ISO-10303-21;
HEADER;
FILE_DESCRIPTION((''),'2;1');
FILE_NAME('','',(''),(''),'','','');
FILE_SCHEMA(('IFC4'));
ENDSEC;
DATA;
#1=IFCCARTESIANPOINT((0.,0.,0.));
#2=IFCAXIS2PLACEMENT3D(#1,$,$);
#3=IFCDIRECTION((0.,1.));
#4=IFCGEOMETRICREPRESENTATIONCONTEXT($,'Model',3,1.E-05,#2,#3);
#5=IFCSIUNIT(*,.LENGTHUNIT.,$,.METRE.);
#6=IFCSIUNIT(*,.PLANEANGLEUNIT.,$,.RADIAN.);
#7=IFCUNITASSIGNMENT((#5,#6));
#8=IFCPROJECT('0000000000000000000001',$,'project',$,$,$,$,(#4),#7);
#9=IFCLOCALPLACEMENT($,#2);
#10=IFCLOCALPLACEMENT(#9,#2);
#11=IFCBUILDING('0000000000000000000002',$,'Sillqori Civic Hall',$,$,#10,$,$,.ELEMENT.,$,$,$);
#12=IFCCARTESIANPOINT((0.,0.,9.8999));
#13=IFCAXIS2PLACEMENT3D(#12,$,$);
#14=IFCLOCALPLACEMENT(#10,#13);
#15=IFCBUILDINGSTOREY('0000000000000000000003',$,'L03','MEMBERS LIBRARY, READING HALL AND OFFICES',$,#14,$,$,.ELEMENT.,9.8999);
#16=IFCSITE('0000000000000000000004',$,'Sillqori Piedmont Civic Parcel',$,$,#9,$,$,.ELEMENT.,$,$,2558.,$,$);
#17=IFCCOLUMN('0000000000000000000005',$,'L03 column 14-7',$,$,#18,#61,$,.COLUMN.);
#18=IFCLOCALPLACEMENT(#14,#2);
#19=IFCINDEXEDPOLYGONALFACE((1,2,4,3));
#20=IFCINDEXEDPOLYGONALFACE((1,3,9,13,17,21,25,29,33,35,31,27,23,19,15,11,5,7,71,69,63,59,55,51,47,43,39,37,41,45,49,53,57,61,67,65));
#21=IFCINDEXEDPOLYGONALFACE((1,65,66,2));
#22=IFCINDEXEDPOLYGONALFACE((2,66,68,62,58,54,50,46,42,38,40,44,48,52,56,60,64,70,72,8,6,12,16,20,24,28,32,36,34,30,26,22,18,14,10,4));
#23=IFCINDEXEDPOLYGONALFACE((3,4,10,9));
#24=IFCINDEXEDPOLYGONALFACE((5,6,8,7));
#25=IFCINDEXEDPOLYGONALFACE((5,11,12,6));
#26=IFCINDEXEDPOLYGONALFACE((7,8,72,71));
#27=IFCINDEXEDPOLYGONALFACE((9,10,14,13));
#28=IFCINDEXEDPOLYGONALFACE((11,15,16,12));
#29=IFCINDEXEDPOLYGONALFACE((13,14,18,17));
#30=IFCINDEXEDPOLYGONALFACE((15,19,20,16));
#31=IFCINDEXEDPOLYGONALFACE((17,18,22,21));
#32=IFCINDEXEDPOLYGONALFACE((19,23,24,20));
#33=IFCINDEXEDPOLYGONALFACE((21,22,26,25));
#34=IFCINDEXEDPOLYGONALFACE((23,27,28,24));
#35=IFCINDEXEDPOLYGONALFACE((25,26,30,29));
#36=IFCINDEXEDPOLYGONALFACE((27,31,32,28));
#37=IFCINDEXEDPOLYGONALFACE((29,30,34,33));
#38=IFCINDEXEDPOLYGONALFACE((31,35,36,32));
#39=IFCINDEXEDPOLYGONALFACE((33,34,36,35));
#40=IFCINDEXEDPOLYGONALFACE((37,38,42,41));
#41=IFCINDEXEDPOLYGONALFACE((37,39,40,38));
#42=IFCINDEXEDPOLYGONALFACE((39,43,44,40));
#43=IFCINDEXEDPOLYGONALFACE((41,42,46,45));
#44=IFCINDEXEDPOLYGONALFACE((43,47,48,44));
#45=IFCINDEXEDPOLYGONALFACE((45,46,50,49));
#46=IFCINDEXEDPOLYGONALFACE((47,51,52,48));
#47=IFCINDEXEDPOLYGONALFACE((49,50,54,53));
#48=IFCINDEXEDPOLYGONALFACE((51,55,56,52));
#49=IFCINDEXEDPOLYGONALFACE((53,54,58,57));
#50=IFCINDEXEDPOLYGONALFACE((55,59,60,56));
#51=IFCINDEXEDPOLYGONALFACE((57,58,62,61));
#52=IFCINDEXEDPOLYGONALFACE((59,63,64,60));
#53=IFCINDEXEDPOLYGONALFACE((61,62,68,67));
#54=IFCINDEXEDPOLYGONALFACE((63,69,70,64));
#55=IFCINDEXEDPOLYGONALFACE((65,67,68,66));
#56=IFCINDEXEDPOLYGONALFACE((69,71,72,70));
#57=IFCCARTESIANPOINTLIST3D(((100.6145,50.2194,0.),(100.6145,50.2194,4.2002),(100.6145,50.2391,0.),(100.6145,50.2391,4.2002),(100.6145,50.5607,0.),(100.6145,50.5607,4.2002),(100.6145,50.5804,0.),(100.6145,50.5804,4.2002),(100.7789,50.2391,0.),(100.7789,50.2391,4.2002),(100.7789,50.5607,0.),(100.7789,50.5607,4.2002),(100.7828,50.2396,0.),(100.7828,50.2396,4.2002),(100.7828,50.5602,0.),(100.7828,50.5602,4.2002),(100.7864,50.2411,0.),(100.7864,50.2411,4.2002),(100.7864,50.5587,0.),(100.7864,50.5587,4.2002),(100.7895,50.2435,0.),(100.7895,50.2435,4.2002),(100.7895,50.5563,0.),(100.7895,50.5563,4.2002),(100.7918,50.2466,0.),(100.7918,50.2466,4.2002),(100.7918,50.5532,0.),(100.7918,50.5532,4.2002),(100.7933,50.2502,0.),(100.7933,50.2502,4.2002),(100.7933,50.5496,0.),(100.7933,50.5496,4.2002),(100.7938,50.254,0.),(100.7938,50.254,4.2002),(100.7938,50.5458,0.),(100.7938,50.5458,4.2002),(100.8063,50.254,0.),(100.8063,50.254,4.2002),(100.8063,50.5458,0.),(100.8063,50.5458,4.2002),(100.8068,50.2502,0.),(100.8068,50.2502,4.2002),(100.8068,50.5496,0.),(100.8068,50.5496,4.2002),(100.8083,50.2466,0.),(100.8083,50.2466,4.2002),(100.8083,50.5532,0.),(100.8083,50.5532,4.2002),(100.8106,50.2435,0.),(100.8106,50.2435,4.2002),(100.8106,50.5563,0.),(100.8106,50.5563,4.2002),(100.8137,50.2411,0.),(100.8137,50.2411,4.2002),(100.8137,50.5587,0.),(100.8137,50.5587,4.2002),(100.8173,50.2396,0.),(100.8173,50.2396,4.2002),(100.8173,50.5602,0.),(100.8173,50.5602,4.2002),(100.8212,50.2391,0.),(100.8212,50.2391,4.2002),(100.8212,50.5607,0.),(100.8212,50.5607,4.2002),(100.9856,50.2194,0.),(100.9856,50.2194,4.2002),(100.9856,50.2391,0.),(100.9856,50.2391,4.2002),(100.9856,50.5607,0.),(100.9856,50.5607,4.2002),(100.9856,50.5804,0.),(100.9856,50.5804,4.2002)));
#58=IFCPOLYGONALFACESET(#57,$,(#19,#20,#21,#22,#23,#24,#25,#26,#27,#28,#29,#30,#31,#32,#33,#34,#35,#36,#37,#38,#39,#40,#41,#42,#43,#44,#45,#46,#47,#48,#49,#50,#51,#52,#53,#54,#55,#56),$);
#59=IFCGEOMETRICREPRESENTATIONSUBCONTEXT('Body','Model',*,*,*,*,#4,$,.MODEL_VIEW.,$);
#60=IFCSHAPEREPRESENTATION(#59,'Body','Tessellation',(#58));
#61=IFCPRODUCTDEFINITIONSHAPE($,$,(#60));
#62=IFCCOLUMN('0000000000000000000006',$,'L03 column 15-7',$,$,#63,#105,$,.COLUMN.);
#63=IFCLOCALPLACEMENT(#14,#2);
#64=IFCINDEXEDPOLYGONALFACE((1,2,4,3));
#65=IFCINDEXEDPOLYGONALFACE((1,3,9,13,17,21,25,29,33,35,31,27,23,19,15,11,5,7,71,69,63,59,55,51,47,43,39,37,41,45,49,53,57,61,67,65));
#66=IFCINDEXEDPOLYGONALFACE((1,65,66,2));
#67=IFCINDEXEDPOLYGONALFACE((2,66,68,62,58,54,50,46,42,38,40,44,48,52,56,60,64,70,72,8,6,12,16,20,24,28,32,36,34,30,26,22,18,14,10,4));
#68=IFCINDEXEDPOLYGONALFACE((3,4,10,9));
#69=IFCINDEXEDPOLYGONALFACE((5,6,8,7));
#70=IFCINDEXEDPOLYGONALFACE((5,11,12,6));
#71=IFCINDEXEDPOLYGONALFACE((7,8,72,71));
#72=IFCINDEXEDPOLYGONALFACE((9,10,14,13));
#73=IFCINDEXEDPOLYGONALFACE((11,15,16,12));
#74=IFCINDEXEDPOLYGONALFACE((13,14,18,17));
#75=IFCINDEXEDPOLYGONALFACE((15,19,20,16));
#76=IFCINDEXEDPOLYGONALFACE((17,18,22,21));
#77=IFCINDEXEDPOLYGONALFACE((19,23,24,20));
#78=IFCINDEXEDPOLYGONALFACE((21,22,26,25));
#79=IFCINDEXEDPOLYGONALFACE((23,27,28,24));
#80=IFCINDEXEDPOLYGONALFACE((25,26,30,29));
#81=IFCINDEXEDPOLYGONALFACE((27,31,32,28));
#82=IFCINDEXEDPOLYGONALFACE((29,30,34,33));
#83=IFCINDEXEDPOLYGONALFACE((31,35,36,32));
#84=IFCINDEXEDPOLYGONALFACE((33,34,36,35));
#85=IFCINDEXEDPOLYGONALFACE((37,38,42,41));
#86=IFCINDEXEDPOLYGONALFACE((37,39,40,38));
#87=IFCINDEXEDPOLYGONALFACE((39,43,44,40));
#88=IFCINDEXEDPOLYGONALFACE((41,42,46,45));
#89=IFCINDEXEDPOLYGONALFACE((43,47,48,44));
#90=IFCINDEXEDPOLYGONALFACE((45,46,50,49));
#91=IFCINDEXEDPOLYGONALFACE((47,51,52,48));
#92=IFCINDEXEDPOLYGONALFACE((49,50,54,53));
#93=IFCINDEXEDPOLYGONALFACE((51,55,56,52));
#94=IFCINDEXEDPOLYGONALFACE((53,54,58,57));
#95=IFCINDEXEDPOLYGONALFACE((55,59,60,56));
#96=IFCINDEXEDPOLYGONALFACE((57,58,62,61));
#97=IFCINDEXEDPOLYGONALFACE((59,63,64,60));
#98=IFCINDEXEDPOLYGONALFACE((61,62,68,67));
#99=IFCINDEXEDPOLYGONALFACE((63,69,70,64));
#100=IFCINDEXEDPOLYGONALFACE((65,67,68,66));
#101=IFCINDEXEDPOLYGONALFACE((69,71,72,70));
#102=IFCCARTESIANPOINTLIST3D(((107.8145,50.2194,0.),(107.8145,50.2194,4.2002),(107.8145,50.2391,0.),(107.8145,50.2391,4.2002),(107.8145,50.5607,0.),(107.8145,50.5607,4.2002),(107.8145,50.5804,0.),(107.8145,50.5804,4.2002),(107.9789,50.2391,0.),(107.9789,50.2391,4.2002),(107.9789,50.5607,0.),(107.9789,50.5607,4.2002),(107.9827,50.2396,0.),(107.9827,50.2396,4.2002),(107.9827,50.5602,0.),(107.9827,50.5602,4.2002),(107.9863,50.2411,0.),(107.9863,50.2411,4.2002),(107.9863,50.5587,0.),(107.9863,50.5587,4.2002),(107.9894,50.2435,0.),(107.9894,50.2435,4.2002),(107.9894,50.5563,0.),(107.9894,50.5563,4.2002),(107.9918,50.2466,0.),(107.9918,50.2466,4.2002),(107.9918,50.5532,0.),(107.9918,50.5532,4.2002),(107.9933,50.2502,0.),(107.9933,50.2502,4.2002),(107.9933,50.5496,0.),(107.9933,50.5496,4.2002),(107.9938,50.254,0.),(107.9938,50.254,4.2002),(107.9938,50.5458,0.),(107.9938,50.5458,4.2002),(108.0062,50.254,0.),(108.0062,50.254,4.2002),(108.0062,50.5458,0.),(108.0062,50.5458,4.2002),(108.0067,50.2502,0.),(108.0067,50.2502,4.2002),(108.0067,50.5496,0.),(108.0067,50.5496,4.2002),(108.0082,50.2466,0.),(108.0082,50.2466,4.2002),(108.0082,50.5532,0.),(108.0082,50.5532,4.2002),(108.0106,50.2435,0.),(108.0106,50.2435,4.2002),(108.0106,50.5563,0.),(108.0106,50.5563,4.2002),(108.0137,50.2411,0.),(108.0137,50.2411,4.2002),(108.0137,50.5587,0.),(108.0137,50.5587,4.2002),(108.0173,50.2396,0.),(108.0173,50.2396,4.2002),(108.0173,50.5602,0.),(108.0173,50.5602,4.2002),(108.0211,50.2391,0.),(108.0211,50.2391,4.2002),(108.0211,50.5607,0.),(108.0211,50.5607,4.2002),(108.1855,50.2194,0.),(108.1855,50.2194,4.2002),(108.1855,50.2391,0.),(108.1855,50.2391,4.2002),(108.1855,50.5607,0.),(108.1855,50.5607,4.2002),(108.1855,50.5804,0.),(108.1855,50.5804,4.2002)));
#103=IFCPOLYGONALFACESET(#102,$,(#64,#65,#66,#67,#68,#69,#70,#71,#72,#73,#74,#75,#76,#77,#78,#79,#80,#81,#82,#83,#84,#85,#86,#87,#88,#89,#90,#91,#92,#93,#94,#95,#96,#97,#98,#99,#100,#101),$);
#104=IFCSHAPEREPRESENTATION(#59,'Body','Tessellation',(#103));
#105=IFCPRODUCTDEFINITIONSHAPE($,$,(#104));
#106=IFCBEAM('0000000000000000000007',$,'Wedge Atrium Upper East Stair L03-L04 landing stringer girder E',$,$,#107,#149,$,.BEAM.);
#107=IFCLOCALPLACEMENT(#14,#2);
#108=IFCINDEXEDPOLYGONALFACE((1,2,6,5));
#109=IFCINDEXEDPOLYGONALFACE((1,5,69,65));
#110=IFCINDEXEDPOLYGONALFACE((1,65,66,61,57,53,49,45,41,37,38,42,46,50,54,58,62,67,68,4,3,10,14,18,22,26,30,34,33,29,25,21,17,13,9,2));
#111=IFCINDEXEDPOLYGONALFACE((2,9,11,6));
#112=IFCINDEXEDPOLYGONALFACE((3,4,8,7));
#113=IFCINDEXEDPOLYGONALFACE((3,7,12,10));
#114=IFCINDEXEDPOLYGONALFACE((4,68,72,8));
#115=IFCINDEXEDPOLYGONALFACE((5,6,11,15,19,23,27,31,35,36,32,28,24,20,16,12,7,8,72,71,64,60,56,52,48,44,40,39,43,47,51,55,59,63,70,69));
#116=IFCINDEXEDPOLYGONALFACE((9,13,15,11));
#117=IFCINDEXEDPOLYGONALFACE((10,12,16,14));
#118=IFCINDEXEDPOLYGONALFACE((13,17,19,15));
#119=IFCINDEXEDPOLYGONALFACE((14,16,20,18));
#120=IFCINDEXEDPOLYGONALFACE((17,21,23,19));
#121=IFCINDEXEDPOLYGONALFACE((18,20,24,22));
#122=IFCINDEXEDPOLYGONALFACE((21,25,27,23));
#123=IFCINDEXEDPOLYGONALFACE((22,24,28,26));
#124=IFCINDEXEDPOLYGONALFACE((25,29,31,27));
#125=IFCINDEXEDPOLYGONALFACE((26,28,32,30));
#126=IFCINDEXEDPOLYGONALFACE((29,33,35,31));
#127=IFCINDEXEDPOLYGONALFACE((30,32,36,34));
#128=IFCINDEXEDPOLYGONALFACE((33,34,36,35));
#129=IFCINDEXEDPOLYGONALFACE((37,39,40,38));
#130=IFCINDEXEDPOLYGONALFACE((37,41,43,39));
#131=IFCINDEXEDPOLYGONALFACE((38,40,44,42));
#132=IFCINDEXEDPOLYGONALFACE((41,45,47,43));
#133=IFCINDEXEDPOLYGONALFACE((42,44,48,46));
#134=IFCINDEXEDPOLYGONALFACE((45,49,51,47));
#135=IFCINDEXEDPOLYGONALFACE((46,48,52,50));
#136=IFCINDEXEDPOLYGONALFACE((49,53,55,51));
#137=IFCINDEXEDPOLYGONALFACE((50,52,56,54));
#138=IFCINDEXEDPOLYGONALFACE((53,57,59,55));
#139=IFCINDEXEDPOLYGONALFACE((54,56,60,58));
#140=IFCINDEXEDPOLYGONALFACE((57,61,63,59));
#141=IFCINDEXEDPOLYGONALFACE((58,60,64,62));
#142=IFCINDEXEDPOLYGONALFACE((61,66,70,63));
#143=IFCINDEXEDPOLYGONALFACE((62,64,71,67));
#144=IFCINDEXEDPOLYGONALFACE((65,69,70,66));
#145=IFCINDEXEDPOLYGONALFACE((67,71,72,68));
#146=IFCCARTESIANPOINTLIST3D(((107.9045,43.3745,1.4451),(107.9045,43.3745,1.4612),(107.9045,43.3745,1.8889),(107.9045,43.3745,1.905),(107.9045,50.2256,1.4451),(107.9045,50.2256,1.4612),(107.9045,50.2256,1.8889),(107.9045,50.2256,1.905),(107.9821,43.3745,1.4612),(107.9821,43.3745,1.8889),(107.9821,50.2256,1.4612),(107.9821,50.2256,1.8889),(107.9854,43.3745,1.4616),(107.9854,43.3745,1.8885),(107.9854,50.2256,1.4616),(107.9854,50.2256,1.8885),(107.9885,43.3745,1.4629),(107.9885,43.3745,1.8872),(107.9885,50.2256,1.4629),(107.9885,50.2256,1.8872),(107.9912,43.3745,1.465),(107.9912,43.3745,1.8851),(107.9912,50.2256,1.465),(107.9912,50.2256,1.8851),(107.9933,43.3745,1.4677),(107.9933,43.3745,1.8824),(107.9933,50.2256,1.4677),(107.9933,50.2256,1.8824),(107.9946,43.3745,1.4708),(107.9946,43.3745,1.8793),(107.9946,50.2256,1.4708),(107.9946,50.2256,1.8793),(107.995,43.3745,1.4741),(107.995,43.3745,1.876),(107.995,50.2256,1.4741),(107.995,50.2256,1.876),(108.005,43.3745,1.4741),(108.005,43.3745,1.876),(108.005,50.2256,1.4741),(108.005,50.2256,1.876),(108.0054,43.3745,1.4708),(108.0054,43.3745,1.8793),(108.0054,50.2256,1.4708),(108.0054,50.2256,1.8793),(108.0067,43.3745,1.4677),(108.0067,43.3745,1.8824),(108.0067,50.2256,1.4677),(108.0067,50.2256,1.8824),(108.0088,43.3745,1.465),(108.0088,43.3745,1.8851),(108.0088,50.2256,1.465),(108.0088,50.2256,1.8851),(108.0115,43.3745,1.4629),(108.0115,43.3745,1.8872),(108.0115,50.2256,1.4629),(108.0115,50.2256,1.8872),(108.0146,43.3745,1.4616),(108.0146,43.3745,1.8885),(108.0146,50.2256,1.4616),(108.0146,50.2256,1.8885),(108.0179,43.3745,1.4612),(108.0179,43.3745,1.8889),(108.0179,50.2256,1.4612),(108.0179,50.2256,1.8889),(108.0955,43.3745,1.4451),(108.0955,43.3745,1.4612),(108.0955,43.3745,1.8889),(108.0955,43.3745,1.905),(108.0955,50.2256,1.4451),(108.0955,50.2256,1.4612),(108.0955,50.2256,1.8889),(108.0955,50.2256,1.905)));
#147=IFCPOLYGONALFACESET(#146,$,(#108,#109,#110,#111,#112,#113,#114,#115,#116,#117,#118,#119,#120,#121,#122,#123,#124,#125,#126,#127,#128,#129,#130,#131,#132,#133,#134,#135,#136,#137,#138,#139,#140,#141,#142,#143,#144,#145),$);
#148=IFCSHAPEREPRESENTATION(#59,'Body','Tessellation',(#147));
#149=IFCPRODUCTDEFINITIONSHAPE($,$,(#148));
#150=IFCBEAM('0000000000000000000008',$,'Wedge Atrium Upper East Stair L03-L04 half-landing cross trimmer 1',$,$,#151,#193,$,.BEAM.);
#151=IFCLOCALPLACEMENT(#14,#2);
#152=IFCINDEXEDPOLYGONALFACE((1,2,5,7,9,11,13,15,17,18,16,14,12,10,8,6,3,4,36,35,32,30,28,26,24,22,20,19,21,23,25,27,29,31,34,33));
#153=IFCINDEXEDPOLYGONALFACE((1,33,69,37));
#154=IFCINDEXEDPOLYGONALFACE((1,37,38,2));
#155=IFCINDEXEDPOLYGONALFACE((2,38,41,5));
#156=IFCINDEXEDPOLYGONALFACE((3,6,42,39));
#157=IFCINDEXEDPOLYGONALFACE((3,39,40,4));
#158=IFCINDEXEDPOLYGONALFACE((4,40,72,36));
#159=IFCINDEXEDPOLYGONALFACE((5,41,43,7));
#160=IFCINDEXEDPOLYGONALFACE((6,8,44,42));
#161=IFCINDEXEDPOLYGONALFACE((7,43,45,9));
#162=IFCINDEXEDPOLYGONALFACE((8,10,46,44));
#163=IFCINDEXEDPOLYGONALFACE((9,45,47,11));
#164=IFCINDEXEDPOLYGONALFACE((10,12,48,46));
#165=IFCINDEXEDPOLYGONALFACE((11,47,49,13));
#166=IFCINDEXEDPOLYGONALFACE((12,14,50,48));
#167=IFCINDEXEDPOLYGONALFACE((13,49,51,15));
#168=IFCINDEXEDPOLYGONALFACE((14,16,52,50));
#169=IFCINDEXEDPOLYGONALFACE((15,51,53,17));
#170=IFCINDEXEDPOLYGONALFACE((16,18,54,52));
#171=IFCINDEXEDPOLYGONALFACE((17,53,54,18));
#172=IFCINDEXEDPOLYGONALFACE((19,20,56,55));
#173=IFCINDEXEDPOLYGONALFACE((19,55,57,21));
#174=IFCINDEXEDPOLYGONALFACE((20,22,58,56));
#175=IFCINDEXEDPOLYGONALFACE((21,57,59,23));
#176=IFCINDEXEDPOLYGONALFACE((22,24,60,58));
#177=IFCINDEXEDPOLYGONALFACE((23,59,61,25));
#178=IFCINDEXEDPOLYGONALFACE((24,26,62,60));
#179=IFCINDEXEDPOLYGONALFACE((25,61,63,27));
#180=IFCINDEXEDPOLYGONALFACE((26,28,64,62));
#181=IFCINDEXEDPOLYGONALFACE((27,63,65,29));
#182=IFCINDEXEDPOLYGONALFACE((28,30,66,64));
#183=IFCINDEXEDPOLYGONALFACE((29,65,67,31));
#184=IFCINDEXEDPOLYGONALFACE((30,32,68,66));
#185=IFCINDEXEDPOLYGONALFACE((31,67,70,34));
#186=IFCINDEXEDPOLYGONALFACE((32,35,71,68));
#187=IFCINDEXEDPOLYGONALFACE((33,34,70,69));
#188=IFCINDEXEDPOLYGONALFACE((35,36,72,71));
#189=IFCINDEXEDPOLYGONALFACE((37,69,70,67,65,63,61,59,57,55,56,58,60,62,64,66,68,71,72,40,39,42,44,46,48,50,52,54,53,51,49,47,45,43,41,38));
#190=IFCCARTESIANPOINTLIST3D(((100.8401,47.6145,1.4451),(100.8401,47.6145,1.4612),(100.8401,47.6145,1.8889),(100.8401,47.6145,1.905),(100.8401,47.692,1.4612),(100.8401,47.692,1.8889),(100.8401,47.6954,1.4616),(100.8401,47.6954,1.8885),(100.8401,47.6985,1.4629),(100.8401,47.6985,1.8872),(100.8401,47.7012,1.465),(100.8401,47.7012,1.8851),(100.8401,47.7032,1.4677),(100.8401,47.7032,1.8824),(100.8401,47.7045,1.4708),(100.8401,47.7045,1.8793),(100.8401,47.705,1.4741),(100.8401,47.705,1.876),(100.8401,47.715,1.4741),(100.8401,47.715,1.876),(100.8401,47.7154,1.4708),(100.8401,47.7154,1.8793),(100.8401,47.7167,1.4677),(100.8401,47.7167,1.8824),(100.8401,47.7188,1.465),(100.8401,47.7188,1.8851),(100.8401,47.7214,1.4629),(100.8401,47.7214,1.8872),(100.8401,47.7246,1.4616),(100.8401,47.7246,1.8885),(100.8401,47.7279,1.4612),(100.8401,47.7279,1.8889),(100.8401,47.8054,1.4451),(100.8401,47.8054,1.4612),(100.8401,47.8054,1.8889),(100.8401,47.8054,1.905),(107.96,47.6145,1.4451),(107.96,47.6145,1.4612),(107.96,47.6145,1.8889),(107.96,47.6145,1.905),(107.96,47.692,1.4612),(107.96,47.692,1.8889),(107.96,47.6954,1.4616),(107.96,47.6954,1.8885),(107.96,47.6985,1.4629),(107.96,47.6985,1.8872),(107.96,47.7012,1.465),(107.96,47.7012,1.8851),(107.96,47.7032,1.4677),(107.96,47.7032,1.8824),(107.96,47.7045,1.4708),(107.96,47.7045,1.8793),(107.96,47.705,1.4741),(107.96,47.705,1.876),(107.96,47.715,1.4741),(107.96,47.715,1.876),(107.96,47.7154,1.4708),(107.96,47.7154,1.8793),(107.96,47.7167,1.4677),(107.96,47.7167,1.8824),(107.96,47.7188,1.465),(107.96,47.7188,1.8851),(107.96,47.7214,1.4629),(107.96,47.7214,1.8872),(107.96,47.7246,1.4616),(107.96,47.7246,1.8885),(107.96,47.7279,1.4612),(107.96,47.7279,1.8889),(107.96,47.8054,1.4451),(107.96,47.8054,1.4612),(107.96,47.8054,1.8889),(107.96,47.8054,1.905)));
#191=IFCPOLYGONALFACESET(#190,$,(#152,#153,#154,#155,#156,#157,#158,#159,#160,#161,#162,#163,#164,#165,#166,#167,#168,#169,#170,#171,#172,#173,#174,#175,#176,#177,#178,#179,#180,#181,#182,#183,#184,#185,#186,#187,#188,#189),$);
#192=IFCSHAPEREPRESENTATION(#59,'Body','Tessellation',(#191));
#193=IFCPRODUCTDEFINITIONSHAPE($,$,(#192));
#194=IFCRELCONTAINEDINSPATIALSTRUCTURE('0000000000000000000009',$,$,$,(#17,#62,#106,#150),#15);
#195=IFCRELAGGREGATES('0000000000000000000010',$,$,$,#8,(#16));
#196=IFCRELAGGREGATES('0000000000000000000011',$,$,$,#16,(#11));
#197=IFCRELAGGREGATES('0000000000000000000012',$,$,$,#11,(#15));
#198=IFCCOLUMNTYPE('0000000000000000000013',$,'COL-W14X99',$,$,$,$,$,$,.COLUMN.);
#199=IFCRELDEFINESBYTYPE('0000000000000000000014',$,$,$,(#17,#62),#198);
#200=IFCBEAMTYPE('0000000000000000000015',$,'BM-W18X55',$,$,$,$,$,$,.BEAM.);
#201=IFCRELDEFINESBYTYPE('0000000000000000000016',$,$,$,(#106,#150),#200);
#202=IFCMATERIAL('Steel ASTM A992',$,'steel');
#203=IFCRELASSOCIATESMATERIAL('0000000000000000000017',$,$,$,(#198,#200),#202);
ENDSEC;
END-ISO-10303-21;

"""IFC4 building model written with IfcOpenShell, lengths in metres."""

from ifc_helpers import new_model, si_unit, direction, frame, origin, origin_2d, place, context, subcontext, project, spatial, i_section, extrude, material, material_profile, profile_set, type_object, element, save


model = new_model("IFC4")

# Units and contexts
model_context = context("Model", 3, precision=1e-05, world=origin(), true_north=direction((0.0, 1.0)))
body_context = subcontext(model_context, "Body", "Model", "MODEL_VIEW")
ifc_project = project(units=[si_unit("LENGTHUNIT", "METRE"), si_unit("PLANEANGLEUNIT", "RADIAN")], contexts=[model_context])

# Site, building, storey
site_placement = place(None, origin())
site = spatial("IfcSite", under=ifc_project, at=site_placement, Name="Sillqori Piedmont Civic Parcel", CompositionType="ELEMENT", RefElevation=2558.0)
building_placement = place(site_placement, origin())
building = spatial("IfcBuilding", under=site, at=building_placement, Name="Sillqori Civic Hall", CompositionType="ELEMENT")
storey_placement = place(building_placement, frame((0.0, 0.0, 9.8999)))
storey = spatial("IfcBuildingStorey", under=building, at=storey_placement, Name="L03", Description="MEMBERS LIBRARY, READING HALL AND OFFICES", CompositionType="ELEMENT", Elevation=9.8999)

# Columns
ifc_material_1 = material(Name="Steel ASTM A992", Category="steel")
ifc_material_profile_1 = material_profile(ifc_material_1, i_section(OverallWidth=0.3711, OverallDepth=0.3611, WebThickness=0.0125, FlangeThickness=0.0198, FilletRadius=0.0149, at=origin_2d()), Name="W14X99")
ifc_profile_set_1 = profile_set([ifc_material_profile_1], Name="Steel ASTM A992")
column_type = type_object("IfcColumnType", Name="COL-W14X99", PredefinedType="COLUMN", material=ifc_profile_set_1)
for number, where, z_axis, x_axis, name in (
    (1, (100.8, 50.3999, 0.0), (0.0, 0.0, 1.0), (1.0, 0.0, 0.0), "L03 column 14-7"),
    (2, (108.0, 50.3999, 0.0), (0.0, 0.0, 1.0), (1.0, 0.0, 0.0), "L03 column 15-7"),
):
    element("IfcColumn", number, at=place(storey_placement, frame(where, z_axis=z_axis, x_axis=x_axis)), inside=storey, type_object=column_type, Name=name, PredefinedType="COLUMN", context=body_context, shape_type="SweptSolid", body=[
        extrude(i_section(OverallWidth=0.3711, OverallDepth=0.3611, WebThickness=0.0125, FlangeThickness=0.0198, FilletRadius=0.0149, at=origin_2d()), origin(), (0.0, 0.0, 1.0), 4.2002),
    ])

# Beams
ifc_material_profile_2 = material_profile(ifc_material_1, i_section(OverallWidth=0.1909, OverallDepth=0.46, WebThickness=0.01, FlangeThickness=0.0161, FilletRadius=0.0129, at=origin_2d()), Name="W18X55")
ifc_profile_set_2 = profile_set([ifc_material_profile_2], Name="Steel ASTM A992")
beam_type_1 = type_object("IfcBeamType", Name="BM-W18X55", PredefinedType="BEAM", material=ifc_profile_set_2)
beam_1_placement = place(storey_placement, frame((108.0, 43.3745, 1.675), z_axis=(0.0, 1.0, 0.0), x_axis=(-1.0, 0.0, 0.0)))
element("IfcBeam", 3, at=beam_1_placement, inside=storey, type_object=beam_type_1, Name="Wedge Atrium Upper East Stair L03-L04 landing stringer girder E", PredefinedType="BEAM", context=body_context, shape_type="SweptSolid", body=[
    extrude(i_section(OverallWidth=0.1909, OverallDepth=0.46, WebThickness=0.01, FlangeThickness=0.0161, FilletRadius=0.0129, at=origin_2d()), origin(), (0.0, 0.0, 1.0), 6.8511),
])
for number, where, z_axis, x_axis, name in (
    (4, (100.8401, 47.71, 1.675), (1.0, 0.0, 0.0), (0.0, 1.0, 0.0), "Wedge Atrium Upper East Stair L03-L04 half-landing cross trimmer 1"),
):
    element("IfcBeam", number, at=place(storey_placement, frame(where, z_axis=z_axis, x_axis=x_axis)), inside=storey, type_object=beam_type_1, Name=name, PredefinedType="BEAM", context=body_context, shape_type="SweptSolid", body=[
        extrude(i_section(OverallWidth=0.1909, OverallDepth=0.46, WebThickness=0.01, FlangeThickness=0.0161, FilletRadius=0.0129, at=origin_2d()), origin(), (0.0, 0.0, 1.0), 7.1199),
    ])

save(model, "model.ifc")
